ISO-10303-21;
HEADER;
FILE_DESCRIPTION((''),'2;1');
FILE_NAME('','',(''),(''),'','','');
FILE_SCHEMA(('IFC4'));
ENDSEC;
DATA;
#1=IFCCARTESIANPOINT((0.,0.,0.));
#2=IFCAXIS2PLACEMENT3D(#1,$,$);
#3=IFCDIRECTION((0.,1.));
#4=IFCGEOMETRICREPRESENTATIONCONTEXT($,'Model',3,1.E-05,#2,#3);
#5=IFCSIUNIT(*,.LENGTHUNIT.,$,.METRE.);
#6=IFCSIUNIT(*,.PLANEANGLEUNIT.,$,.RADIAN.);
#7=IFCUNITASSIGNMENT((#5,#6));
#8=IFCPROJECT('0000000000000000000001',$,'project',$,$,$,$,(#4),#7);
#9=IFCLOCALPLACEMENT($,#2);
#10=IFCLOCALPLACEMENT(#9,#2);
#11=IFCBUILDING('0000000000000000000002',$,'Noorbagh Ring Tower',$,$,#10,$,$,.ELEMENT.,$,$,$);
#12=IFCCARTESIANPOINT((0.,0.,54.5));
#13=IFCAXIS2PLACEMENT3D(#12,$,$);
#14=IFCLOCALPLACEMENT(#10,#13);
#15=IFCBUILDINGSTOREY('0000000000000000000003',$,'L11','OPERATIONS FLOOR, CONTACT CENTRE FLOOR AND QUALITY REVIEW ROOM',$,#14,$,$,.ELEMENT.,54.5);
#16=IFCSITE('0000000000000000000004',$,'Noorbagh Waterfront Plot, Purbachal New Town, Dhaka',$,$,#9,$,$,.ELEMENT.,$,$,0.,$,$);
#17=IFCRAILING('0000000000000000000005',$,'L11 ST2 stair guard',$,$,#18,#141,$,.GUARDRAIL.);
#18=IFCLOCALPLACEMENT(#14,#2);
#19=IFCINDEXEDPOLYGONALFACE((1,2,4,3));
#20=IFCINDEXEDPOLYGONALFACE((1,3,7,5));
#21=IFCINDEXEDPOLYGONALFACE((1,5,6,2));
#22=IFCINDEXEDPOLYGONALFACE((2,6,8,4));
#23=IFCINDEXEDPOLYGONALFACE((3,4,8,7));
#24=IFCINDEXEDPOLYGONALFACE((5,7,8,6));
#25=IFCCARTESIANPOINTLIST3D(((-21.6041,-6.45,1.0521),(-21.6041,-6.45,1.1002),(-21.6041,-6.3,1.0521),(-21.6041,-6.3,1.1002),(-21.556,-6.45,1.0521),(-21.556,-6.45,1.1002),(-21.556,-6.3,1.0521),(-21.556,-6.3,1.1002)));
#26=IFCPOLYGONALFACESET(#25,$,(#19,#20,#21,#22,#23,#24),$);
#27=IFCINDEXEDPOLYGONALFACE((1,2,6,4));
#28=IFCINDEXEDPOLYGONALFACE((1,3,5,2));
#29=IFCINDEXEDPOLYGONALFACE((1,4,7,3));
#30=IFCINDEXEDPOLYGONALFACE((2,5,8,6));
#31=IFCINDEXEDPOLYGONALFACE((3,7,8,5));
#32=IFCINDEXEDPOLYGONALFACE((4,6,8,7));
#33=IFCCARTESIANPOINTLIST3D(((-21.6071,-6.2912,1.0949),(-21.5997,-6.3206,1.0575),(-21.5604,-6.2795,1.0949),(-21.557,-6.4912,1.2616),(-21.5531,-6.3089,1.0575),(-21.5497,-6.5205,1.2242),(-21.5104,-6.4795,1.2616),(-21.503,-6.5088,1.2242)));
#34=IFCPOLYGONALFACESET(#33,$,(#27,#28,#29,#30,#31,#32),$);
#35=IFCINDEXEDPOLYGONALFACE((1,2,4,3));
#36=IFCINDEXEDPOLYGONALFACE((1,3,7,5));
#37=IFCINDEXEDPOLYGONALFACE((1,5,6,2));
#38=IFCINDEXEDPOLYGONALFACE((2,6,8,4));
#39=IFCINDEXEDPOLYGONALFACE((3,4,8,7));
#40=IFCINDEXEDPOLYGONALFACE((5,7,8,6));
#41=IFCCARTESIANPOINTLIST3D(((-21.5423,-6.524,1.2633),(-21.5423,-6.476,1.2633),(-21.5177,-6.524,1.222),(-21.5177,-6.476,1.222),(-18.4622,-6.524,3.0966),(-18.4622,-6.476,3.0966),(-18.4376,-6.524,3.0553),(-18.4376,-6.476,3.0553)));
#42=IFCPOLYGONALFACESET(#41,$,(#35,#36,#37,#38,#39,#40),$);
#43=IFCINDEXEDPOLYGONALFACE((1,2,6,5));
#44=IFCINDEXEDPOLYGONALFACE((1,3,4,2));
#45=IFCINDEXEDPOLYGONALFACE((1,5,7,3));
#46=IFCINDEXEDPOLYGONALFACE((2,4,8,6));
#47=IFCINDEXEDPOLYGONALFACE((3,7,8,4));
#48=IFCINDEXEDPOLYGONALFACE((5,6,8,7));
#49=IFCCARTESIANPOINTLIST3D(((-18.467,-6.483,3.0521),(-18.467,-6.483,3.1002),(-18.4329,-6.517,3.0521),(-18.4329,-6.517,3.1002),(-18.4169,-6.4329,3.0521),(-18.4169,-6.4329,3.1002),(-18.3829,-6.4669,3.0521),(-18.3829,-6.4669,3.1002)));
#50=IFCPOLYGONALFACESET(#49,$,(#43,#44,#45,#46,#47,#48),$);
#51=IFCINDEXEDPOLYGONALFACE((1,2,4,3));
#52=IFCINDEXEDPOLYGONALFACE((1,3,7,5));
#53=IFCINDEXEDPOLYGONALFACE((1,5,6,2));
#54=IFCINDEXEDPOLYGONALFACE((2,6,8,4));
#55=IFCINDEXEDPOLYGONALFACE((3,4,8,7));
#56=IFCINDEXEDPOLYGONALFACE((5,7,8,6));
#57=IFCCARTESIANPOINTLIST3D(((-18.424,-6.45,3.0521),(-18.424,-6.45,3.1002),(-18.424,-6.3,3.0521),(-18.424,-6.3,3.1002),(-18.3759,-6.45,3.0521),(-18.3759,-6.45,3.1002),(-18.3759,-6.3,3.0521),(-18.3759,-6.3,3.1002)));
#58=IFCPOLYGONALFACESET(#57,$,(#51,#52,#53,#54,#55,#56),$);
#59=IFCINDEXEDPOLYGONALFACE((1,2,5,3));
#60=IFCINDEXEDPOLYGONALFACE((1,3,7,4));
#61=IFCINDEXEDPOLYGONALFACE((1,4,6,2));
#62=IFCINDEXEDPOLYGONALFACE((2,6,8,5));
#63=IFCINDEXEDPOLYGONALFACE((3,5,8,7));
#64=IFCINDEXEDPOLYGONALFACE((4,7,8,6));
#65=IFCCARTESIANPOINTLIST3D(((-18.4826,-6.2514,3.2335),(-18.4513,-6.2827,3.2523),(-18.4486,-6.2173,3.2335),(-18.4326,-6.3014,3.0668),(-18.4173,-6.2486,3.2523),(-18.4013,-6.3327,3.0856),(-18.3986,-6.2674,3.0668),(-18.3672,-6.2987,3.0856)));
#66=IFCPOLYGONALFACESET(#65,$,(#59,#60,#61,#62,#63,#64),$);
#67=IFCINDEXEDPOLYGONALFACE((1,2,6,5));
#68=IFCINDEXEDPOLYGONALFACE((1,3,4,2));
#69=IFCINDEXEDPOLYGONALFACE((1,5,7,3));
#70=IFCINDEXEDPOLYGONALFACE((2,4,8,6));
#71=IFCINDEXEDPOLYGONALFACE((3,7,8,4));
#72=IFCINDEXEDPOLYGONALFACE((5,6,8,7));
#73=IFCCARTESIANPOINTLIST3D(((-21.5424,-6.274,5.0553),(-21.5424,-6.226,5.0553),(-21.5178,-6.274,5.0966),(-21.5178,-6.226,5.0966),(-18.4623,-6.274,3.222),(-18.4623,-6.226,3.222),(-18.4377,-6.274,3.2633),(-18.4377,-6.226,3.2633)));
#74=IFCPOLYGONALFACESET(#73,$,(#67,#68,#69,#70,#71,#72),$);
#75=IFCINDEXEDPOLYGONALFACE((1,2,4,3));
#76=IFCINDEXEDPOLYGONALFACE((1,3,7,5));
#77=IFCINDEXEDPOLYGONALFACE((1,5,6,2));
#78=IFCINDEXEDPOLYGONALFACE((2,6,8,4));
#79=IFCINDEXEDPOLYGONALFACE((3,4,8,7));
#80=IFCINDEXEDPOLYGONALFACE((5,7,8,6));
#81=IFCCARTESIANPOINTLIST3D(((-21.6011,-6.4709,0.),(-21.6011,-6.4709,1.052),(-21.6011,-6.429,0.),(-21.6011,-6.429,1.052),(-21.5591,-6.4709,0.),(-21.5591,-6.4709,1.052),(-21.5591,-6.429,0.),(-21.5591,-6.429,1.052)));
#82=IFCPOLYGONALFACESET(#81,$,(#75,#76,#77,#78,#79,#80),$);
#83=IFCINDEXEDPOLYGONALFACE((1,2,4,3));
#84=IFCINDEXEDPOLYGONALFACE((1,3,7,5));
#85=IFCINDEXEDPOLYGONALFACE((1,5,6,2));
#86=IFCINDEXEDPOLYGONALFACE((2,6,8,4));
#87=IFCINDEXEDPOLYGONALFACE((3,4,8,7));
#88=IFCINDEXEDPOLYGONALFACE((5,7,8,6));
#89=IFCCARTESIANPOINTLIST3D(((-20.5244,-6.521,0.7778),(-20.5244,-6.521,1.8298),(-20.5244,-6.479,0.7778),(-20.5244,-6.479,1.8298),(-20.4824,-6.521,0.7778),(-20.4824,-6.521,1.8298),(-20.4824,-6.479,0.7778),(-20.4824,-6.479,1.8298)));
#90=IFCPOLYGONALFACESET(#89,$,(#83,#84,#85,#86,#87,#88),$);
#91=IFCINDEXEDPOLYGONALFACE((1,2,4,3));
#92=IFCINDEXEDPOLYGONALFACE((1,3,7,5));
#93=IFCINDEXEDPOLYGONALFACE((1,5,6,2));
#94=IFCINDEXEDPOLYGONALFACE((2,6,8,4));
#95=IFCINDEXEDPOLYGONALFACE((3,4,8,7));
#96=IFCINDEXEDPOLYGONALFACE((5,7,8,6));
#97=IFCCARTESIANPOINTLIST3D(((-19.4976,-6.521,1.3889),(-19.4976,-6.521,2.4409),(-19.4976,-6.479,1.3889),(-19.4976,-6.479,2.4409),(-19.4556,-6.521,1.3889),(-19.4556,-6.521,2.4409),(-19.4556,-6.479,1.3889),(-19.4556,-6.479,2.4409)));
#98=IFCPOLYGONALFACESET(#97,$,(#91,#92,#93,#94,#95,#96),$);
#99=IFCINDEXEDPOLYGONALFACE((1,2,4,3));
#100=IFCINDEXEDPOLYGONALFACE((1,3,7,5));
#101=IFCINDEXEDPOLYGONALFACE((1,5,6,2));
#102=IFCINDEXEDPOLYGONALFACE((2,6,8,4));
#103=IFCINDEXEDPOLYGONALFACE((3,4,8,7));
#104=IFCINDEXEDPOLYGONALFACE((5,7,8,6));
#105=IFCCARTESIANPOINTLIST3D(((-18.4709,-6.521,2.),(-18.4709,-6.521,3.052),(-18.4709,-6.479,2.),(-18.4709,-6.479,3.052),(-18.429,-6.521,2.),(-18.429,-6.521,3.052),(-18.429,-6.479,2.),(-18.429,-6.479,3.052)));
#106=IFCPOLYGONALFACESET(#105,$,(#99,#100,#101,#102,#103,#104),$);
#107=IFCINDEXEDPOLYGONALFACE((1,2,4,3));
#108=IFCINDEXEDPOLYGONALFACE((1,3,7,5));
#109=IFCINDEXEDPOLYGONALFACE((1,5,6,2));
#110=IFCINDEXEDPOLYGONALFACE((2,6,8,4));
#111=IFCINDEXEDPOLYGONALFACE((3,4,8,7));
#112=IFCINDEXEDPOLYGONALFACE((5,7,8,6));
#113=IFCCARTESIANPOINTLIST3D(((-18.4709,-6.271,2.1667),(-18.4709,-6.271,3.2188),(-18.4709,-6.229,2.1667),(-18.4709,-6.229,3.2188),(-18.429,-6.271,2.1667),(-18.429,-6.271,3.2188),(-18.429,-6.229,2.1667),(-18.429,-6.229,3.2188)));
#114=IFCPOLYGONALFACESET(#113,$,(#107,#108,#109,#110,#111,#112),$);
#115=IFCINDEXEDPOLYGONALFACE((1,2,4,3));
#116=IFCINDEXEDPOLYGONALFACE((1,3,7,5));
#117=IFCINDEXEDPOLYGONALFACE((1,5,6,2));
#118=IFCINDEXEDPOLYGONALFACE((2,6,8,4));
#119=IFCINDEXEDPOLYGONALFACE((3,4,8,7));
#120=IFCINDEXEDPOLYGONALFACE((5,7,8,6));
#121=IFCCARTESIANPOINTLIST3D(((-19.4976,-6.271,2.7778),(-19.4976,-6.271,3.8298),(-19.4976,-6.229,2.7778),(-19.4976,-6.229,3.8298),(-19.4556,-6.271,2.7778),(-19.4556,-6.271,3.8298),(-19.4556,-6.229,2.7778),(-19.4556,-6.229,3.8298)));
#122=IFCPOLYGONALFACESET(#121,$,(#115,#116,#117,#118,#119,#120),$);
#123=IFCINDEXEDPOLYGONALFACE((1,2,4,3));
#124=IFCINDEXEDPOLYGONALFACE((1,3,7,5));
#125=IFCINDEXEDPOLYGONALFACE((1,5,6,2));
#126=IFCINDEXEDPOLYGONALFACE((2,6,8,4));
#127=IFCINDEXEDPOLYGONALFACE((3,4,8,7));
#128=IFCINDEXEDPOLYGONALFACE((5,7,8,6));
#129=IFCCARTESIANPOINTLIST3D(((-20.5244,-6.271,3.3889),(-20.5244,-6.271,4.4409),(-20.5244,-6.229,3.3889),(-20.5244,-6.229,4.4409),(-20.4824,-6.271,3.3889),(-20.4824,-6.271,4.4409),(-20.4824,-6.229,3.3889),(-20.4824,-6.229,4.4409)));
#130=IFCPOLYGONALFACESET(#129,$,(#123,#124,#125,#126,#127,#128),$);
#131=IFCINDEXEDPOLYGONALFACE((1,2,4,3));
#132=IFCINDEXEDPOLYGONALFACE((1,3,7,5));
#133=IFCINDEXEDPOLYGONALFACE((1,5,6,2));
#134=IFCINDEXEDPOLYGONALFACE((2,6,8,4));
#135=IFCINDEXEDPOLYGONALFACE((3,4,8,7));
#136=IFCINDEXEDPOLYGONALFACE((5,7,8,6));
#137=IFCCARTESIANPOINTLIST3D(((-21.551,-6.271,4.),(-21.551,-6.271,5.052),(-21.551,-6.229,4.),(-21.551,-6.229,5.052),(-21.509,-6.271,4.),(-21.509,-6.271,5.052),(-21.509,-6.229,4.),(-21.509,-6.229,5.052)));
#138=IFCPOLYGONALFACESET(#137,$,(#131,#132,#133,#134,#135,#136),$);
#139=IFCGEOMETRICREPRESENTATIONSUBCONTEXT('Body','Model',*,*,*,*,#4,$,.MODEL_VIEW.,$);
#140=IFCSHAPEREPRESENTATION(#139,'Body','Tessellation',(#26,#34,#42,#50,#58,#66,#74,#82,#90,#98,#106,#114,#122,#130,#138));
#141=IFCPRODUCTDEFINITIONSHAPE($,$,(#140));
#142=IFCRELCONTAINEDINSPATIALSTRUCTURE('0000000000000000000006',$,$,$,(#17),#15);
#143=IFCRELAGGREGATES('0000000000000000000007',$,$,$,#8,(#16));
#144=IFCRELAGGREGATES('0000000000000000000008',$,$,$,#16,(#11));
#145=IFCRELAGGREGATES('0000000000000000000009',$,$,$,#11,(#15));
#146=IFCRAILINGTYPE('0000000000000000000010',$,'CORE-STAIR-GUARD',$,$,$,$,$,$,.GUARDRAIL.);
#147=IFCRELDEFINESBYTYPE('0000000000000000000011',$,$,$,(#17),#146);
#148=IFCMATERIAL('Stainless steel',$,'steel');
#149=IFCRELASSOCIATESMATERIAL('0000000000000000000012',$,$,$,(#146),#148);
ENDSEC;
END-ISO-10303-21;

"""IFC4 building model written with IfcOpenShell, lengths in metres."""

from ifc_helpers import new_model, si_unit, direction, frame, origin, origin_2d, place, context, subcontext, project, spatial, rectangle, extrude, material, type_object, element, save


model = new_model("IFC4")

# Units and contexts
model_context = context("Model", 3, precision=1e-05, world=origin(), true_north=direction((0.0, 1.0)))
body_context = subcontext(model_context, "Body", "Model", "MODEL_VIEW")
ifc_project = project(units=[si_unit("LENGTHUNIT", "METRE"), si_unit("PLANEANGLEUNIT", "RADIAN")], contexts=[model_context])

# Site, building, storey
site_placement = place(None, origin())
site = spatial("IfcSite", under=ifc_project, at=site_placement, Name="Noorbagh Waterfront Plot, Purbachal New Town, Dhaka", CompositionType="ELEMENT", RefElevation=0.0)
building_placement = place(site_placement, origin())
building = spatial("IfcBuilding", under=site, at=building_placement, Name="Noorbagh Ring Tower", CompositionType="ELEMENT")
storey_placement = place(building_placement, frame((0.0, 0.0, 54.5)))
storey = spatial("IfcBuildingStorey", under=building, at=storey_placement, Name="L11", Description="OPERATIONS FLOOR, CONTACT CENTRE FLOOR AND QUALITY REVIEW ROOM", CompositionType="ELEMENT", Elevation=54.5)

# Railing
ifc_material_1 = material(Name="Stainless steel", Category="steel")
railing_type_1 = type_object("IfcRailingType", Name="CORE-STAIR-GUARD", PredefinedType="GUARDRAIL", material=ifc_material_1)
railing_1_placement = place(storey_placement, frame((-21.5801, -6.45, 0.0)))
element("IfcRailing", 1, at=railing_1_placement, inside=storey, type_object=railing_type_1, Name="L11 ST2 stair guard", PredefinedType="GUARDRAIL", context=body_context, shape_type="SweptSolid", body=[
    extrude(rectangle(XDim=0.0481, YDim=0.0481, at=origin_2d()), frame((0.0, 0.0, 1.0762), z_axis=(0.0, 1.0, 0.0), x_axis=(-1.0, 0.0, 0.0)), (0.0, 0.0, 1.0), 0.1499),
    extrude(rectangle(XDim=0.0481, YDim=0.0481, at=origin_2d()), frame((0.0, 0.1499, 1.0762), z_axis=(0.188776, -0.754182, 0.628946), x_axis=(0.970073, 0.242814, 0.0)), (0.0, 0.0, 1.0), 0.2651),
    extrude(rectangle(XDim=0.0481, YDim=0.0481, at=origin_2d()), frame((0.05, -0.05, 1.2427), z_axis=(0.859309, 0.0, 0.511458), x_axis=(0.0, 1.0, 0.0)), (0.0, 0.0, 1.0), 3.5845),
    extrude(rectangle(XDim=0.0481, YDim=0.0481, at=origin_2d()), frame((3.1301, -0.05, 3.0762), z_axis=(0.707107, 0.707107, 0.0), x_axis=(-0.707107, 0.707107, 0.0)), (0.0, 0.0, 1.0), 0.0708),
    extrude(rectangle(XDim=0.0481, YDim=0.0481, at=origin_2d()), frame((3.1802, 0.0, 3.0762), z_axis=(0.0, 1.0, 0.0), x_axis=(-1.0, 0.0, 0.0)), (0.0, 0.0, 1.0), 0.1499),
    extrude(rectangle(XDim=0.0481, YDim=0.0481, at=origin_2d()), frame((3.1802, 0.1499, 3.0762), z_axis=(-0.276287, 0.276287, 0.920506), x_axis=(-0.707107, -0.707107, 0.0)), (0.0, 0.0, 1.0), 0.1812),
    extrude(rectangle(XDim=0.0481, YDim=0.0481, at=origin_2d()), frame((3.1301, 0.2, 3.2427), z_axis=(-0.859309, 0.0, 0.511458), x_axis=(0.0, -1.0, 0.0)), (0.0, 0.0, 1.0), 3.5845),
    extrude(rectangle(XDim=0.042, YDim=0.042, at=origin_2d()), origin(), (0.0, 0.0, 1.0), 1.052),
    extrude(rectangle(XDim=0.042, YDim=0.042, at=origin_2d()), frame((1.0767, -0.05, 0.7778)), (0.0, 0.0, 1.0), 1.052),
    extrude(rectangle(XDim=0.042, YDim=0.042, at=origin_2d()), frame((2.1035, -0.05, 1.3889)), (0.0, 0.0, 1.0), 1.052),
    extrude(rectangle(XDim=0.042, YDim=0.042, at=origin_2d()), frame((3.1301, -0.05, 2.0)), (0.0, 0.0, 1.0), 1.052),
    extrude(rectangle(XDim=0.042, YDim=0.042, at=origin_2d()), frame((3.1301, 0.2, 2.1667)), (0.0, 0.0, 1.0), 1.052),
    extrude(rectangle(XDim=0.042, YDim=0.042, at=origin_2d()), frame((2.1035, 0.2, 2.7778)), (0.0, 0.0, 1.0), 1.052),
    extrude(rectangle(XDim=0.042, YDim=0.042, at=origin_2d()), frame((1.0767, 0.2, 3.3889)), (0.0, 0.0, 1.0), 1.052),
    extrude(rectangle(XDim=0.042, YDim=0.042, at=origin_2d()), frame((0.05, 0.2, 4.0)), (0.0, 0.0, 1.0), 1.052),
])

save(model, "model.ifc")
